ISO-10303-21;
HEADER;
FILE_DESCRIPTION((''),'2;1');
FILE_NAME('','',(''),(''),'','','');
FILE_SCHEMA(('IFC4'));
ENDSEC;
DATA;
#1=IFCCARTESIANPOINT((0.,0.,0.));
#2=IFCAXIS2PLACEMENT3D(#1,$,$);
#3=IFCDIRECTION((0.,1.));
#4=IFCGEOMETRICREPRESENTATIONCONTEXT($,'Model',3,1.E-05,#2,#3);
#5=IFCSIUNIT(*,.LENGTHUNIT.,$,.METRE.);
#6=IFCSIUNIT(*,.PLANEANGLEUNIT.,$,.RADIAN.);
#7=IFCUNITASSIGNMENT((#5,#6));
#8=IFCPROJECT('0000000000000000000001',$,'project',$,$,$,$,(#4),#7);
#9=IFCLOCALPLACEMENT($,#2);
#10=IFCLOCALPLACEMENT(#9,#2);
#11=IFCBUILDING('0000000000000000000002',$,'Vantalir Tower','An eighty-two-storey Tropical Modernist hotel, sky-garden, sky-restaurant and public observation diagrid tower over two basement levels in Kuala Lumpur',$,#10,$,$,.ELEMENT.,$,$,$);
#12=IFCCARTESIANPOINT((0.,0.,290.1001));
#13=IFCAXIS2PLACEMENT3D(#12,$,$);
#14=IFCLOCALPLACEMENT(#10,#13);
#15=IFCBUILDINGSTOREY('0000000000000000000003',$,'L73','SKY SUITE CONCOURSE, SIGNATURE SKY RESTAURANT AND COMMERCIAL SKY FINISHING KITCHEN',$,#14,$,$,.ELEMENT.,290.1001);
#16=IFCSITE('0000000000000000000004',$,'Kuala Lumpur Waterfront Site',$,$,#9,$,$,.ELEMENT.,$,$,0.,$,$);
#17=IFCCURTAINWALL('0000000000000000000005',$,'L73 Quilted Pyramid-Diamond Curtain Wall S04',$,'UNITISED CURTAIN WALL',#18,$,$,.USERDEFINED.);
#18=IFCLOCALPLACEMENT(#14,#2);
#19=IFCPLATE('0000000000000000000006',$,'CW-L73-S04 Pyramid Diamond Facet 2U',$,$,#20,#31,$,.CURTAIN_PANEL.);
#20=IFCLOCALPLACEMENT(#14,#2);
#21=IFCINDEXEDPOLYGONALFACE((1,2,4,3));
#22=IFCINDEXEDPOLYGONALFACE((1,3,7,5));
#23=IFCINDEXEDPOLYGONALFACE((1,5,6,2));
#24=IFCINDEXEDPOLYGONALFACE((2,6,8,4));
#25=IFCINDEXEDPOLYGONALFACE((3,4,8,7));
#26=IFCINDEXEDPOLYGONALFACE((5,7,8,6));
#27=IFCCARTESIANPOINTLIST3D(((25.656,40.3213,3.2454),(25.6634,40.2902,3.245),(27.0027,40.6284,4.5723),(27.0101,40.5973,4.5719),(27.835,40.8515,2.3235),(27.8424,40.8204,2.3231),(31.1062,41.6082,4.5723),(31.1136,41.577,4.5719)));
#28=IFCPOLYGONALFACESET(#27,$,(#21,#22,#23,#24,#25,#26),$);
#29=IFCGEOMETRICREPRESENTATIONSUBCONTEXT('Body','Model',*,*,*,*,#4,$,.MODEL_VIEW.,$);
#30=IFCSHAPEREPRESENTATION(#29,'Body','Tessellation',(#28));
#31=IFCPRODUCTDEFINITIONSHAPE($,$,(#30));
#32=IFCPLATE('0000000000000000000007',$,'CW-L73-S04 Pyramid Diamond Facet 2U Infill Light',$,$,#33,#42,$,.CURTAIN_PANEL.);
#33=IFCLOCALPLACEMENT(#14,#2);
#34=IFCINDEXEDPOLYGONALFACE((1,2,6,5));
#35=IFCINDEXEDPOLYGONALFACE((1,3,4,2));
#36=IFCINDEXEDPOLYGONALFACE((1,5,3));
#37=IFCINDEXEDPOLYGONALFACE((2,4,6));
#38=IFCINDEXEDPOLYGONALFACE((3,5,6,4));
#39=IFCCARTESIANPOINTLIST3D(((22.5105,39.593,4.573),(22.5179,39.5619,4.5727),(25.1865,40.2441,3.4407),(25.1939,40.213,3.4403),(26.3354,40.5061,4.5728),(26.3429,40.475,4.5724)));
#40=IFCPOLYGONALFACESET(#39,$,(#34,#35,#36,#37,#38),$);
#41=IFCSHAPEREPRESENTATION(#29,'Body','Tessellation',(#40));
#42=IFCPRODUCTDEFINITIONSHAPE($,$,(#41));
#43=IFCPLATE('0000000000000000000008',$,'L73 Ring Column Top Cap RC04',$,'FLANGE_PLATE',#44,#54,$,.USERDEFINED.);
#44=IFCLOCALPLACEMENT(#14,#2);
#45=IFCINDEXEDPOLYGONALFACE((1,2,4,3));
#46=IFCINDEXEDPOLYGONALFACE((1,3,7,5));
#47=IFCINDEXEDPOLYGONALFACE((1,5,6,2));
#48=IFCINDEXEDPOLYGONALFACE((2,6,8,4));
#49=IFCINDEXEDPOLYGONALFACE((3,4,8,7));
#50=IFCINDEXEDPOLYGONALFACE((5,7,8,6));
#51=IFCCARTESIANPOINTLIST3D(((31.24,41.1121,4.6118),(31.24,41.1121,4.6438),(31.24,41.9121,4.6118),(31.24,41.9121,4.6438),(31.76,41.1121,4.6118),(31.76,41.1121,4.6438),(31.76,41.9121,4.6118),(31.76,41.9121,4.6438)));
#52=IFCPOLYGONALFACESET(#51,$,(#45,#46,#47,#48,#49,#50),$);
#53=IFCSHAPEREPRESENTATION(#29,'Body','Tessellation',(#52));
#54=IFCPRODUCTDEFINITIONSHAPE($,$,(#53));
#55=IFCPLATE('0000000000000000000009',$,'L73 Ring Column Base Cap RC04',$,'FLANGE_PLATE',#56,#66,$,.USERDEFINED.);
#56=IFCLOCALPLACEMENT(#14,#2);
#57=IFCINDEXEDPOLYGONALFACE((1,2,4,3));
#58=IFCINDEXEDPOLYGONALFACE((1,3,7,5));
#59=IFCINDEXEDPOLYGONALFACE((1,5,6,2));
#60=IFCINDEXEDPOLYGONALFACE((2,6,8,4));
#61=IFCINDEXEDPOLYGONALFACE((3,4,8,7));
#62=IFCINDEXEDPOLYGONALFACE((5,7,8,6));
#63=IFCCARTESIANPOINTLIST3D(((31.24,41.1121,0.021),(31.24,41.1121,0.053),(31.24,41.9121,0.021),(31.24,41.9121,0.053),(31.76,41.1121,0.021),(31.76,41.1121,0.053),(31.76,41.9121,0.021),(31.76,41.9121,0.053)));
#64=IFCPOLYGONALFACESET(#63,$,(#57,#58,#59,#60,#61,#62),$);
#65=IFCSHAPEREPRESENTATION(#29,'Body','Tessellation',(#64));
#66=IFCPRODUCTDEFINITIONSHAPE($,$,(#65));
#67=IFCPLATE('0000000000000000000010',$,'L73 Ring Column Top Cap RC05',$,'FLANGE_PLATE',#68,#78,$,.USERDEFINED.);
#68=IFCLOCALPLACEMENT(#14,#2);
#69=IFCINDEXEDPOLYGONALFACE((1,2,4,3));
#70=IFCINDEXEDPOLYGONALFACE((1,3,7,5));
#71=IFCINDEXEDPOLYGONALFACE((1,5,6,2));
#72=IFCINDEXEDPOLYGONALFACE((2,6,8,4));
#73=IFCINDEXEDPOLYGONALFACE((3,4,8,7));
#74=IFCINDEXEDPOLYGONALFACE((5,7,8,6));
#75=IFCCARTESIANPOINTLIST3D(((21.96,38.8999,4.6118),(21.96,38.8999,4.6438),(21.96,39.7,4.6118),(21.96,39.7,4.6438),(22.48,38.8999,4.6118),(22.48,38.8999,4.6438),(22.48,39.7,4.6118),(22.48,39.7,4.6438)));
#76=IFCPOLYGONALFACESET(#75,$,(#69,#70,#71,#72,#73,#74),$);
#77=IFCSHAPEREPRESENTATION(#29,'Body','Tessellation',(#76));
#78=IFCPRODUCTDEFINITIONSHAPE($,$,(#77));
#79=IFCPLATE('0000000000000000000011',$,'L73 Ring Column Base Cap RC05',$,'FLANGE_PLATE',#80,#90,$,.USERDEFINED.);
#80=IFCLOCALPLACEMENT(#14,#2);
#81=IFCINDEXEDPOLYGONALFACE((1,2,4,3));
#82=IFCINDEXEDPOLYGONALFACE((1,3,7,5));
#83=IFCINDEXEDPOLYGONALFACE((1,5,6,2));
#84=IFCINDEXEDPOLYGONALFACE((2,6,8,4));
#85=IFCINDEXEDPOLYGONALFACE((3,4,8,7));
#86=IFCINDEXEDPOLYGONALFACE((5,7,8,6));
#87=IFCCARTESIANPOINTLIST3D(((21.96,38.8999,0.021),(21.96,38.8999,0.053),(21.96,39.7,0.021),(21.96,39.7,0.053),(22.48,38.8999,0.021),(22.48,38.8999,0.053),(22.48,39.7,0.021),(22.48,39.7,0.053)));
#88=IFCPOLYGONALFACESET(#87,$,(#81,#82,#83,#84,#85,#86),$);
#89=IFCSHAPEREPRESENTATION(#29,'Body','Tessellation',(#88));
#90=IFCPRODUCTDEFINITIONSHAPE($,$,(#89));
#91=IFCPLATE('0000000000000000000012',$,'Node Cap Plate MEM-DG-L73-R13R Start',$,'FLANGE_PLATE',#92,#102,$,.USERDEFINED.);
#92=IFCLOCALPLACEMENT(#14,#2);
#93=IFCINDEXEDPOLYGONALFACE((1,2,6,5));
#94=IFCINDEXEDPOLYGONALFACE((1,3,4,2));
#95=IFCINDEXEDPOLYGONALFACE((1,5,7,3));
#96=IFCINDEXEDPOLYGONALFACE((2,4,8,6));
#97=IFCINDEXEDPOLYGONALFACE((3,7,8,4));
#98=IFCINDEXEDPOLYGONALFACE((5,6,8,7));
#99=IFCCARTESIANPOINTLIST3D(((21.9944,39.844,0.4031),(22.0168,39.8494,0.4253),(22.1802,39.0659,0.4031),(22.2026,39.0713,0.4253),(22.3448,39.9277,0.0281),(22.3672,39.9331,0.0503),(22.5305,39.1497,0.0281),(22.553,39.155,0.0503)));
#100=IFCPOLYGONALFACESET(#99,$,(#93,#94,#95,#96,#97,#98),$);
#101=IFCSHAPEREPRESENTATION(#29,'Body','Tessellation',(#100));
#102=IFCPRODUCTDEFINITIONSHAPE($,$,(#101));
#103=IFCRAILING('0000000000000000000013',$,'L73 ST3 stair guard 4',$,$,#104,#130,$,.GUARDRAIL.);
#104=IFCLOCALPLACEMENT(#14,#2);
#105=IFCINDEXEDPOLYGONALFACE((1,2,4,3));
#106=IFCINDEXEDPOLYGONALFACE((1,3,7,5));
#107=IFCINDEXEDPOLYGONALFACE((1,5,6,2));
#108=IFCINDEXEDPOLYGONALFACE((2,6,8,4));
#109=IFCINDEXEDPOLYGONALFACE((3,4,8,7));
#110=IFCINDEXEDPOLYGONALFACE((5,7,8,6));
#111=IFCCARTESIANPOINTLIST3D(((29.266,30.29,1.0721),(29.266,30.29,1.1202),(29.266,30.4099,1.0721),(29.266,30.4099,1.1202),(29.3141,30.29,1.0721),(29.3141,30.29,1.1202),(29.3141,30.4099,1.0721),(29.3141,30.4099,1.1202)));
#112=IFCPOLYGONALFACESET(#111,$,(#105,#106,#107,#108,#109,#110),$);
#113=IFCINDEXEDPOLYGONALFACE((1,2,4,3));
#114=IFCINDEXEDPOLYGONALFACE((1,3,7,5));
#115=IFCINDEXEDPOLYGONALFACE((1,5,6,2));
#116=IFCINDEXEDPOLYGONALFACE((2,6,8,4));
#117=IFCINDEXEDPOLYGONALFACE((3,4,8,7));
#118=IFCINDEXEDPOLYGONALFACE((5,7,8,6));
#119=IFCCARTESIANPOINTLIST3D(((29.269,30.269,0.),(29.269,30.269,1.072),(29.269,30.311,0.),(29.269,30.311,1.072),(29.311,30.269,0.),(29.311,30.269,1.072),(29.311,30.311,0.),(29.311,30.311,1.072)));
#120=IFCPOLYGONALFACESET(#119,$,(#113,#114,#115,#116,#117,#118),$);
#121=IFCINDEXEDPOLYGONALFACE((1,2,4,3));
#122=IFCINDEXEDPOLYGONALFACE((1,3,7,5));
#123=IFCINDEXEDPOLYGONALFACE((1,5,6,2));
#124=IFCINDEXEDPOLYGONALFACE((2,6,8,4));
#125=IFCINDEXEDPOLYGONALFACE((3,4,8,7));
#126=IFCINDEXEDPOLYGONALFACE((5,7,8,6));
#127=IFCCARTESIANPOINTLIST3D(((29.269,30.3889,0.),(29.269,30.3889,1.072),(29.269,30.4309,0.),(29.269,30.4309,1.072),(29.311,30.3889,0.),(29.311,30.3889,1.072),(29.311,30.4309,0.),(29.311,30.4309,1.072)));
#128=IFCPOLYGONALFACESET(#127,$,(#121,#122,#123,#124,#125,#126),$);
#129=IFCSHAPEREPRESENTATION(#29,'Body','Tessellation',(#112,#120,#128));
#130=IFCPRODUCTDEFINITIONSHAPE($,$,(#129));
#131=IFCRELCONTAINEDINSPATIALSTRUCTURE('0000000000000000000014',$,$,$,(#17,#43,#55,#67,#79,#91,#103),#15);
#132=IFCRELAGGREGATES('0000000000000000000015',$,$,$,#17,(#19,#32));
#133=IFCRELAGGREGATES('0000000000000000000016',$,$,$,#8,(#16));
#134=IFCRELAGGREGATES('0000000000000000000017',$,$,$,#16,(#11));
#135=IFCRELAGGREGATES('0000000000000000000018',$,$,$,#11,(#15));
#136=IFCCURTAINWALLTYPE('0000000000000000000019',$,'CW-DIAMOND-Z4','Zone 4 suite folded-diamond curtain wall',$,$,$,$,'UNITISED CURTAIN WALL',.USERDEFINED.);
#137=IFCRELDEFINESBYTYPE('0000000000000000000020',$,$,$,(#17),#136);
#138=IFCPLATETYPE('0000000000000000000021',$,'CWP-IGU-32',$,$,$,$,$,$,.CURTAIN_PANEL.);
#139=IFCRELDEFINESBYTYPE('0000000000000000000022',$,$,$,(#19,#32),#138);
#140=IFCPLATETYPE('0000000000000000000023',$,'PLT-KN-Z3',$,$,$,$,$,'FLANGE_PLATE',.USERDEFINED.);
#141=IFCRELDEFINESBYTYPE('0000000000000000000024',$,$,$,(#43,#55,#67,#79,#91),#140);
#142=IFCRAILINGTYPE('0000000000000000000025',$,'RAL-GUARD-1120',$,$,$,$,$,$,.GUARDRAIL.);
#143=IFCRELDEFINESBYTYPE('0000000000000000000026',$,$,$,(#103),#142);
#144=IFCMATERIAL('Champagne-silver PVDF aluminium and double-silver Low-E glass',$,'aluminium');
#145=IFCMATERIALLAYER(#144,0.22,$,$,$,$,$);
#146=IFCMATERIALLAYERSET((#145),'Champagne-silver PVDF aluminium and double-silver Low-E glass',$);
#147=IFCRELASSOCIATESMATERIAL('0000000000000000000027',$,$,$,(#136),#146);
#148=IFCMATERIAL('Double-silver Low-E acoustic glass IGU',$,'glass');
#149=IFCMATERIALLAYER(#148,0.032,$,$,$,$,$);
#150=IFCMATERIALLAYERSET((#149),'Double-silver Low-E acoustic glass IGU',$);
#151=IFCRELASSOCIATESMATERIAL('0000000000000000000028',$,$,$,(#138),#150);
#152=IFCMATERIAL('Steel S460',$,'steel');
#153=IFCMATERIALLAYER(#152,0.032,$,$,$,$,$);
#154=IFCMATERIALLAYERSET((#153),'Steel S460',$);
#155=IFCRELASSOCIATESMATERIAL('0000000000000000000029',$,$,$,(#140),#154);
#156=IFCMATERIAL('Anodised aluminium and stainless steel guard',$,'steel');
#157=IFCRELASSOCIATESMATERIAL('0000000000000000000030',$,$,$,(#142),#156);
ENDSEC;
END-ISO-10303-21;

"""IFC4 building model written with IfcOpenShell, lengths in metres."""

from ifc_helpers import new_model, si_unit, direction, frame, origin, origin_2d, place, context, subcontext, project, spatial, polyline, rectangle, outline, extrude, material, layer, layer_set, type_object, element, aggregate, save


model = new_model("IFC4")

# Units and contexts
model_context = context("Model", 3, precision=1e-05, world=origin(), true_north=direction((0.0, 1.0)))
body_context = subcontext(model_context, "Body", "Model", "MODEL_VIEW")
ifc_project = project(units=[si_unit("LENGTHUNIT", "METRE"), si_unit("PLANEANGLEUNIT", "RADIAN")], contexts=[model_context])

# Site, building, storey
site_placement = place(None, origin())
site = spatial("IfcSite", under=ifc_project, at=site_placement, Name="Kuala Lumpur Waterfront Site", CompositionType="ELEMENT", RefElevation=0.0)
building_placement = place(site_placement, origin())
building = spatial("IfcBuilding", under=site, at=building_placement, Name="Vantalir Tower", Description="An eighty-two-storey Tropical Modernist hotel, sky-garden, sky-restaurant and public observation diagrid tower over two basement levels in Kuala Lumpur", CompositionType="ELEMENT")
storey_placement = place(building_placement, frame((0.0, 0.0, 290.1001)))
storey = spatial("IfcBuildingStorey", under=building, at=storey_placement, Name="L73", Description="SKY SUITE CONCOURSE, SIGNATURE SKY RESTAURANT AND COMMERCIAL SKY FINISHING KITCHEN", CompositionType="ELEMENT", Elevation=290.1001)

# Shared definitions
ifc_material_1 = material(Name="Steel S460", Category="steel")

# Curtain wall
ifc_material_2 = material(Name="Champagne-silver PVDF aluminium and double-silver Low-E glass", Category="aluminium")
ifc_layer_1 = layer(ifc_material_2, 0.22)
ifc_layer_set_1 = layer_set([ifc_layer_1], Name="Champagne-silver PVDF aluminium and double-silver Low-E glass")
curtain_wall_type = type_object("IfcCurtainWallType", Name="CW-DIAMOND-Z4", Description="Zone 4 suite folded-diamond curtain wall", ElementType="UNITISED CURTAIN WALL", PredefinedType="USERDEFINED", material=ifc_layer_set_1)
curtain_wall_placement = place(storey_placement, origin())
curtain_wall = element("IfcCurtainWall", 1, at=curtain_wall_placement, inside=storey, type_object=curtain_wall_type, Name="L73 Quilted Pyramid-Diamond Curtain Wall S04", ObjectType="UNITISED CURTAIN WALL", PredefinedType="USERDEFINED")

# Plates
ifc_material_3 = material(Name="Double-silver Low-E acoustic glass IGU", Category="glass")
ifc_layer_2 = layer(ifc_material_3, 0.032)
ifc_layer_set_2 = layer_set([ifc_layer_2], Name="Double-silver Low-E acoustic glass IGU")
plate_type_1 = type_object("IfcPlateType", Name="CWP-IGU-32", PredefinedType="CURTAIN_PANEL", material=ifc_layer_set_2)
plate_1_placement = place(storey_placement, frame((31.1062, 41.6082, 4.5723), z_axis=(-0.232218, 0.972606, 0.010567), x_axis=(-0.972661, -0.232231, 0.0)))
plate_1 = element("IfcPlate", 2, at=plate_1_placement, type_object=plate_type_1, Name="CW-L73-S04 Pyramid Diamond Facet 2U", PredefinedType="CURTAIN_PANEL", context=body_context, shape_type="SweptSolid", body=[
    extrude(outline(polyline([(0.0, 0.0), (4.2189, 0.0), (5.6, -1.327), (3.3575, -2.2489), (0.0, 0.0)])), origin(), (0.0, 0.0, -1.0), 0.032),
])
plate_2_placement = place(storey_placement, frame((26.3354, 40.5061, 4.5728), z_axis=(-0.23218, 0.972615, 0.010573), x_axis=(-0.972669, -0.232194, 0.000062)))
plate_2 = element("IfcPlate", 3, at=plate_2_placement, type_object=plate_type_1, Name="CW-L73-S04 Pyramid Diamond Facet 2U Infill Light", PredefinedType="CURTAIN_PANEL", context=body_context, shape_type="SweptSolid", body=[
    extrude(outline(polyline([(0.0, 0.0), (3.9324, 0.0), (1.1783, -1.1322), (0.0, 0.0)])), origin(), (0.0, 0.0, -1.0), 0.032),
])
aggregate(curtain_wall, [plate_1, plate_2])

# Plates
ifc_layer_3 = layer(ifc_material_1, 0.032)
ifc_layer_set_3 = layer_set([ifc_layer_3], Name="Steel S460")
plate_type_2 = type_object("IfcPlateType", Name="PLT-KN-Z3", ElementType="FLANGE_PLATE", PredefinedType="USERDEFINED", material=ifc_layer_set_3)
for number, where, z_axis, x_axis, name in (
    (4, (31.24, 41.9121, 4.6438), (0.0, 0.0, 1.0), (0.0, -1.0, 0.0), "L73 Ring Column Top Cap RC04"),
    (5, (31.24, 41.9121, 0.053), (0.0, 0.0, 1.0), (0.0, -1.0, 0.0), "L73 Ring Column Base Cap RC04"),
    (6, (21.96, 39.7, 4.6438), (0.0, 0.0, 1.0), (0.0, -1.0, 0.0), "L73 Ring Column Top Cap RC05"),
    (7, (21.96, 39.7, 0.053), (0.0, 0.0, 1.0), (0.0, -1.0, 0.0), "L73 Ring Column Base Cap RC05"),
):
    element("IfcPlate", number, at=place(storey_placement, frame(where, z_axis=z_axis, x_axis=x_axis)), inside=storey, type_object=plate_type_2, Name=name, ObjectType="FLANGE_PLATE", PredefinedType="USERDEFINED", context=body_context, shape_type="SweptSolid", body=[
        extrude(outline(polyline([(0.0, 0.0), (0.8, 0.0), (0.8, 0.52), (0.0, 0.52), (0.0, 0.0)])), origin(), (0.0, 0.0, -1.0), 0.032),
    ])
plate_3_placement = place(storey_placement, frame((22.553, 39.155, 0.0503), z_axis=(0.701464, 0.167497, 0.692743), x_axis=(-0.232253, 0.972655, 0.0)))
element("IfcPlate", 8, at=plate_3_placement, inside=storey, type_object=plate_type_2, Name="Node Cap Plate MEM-DG-L73-R13R Start", ObjectType="FLANGE_PLATE", PredefinedType="USERDEFINED", context=body_context, shape_type="SweptSolid", body=[
    extrude(outline(polyline([(0.0, 0.0), (0.8, 0.0), (0.7999, 0.52), (-0.0001, 0.52), (0.0, 0.0)])), origin(), (0.0, 0.0, -1.0), 0.032),
])

# Railing
ifc_material_4 = material(Name="Anodised aluminium and stainless steel guard", Category="steel")
railing_type = type_object("IfcRailingType", Name="RAL-GUARD-1120", PredefinedType="GUARDRAIL", material=ifc_material_4)
railing_placement = place(storey_placement, frame((29.29, 30.29, 0.0)))
element("IfcRailing", 9, at=railing_placement, inside=storey, type_object=railing_type, Name="L73 ST3 stair guard 4", PredefinedType="GUARDRAIL", context=body_context, shape_type="SweptSolid", body=[
    extrude(rectangle(XDim=0.0481, YDim=0.0481, at=origin_2d()), frame((0.0, 0.0, 1.0962), z_axis=(0.0, 1.0, 0.0), x_axis=(-1.0, 0.0, 0.0)), (0.0, 0.0, 1.0), 0.1199),
    extrude(rectangle(XDim=0.042, YDim=0.042, at=origin_2d()), origin(), (0.0, 0.0, 1.0), 1.072),
    extrude(rectangle(XDim=0.042, YDim=0.042, at=origin_2d()), frame((0.0, 0.1199, 0.0)), (0.0, 0.0, 1.0), 1.072),
])

save(model, "model.ifc")
